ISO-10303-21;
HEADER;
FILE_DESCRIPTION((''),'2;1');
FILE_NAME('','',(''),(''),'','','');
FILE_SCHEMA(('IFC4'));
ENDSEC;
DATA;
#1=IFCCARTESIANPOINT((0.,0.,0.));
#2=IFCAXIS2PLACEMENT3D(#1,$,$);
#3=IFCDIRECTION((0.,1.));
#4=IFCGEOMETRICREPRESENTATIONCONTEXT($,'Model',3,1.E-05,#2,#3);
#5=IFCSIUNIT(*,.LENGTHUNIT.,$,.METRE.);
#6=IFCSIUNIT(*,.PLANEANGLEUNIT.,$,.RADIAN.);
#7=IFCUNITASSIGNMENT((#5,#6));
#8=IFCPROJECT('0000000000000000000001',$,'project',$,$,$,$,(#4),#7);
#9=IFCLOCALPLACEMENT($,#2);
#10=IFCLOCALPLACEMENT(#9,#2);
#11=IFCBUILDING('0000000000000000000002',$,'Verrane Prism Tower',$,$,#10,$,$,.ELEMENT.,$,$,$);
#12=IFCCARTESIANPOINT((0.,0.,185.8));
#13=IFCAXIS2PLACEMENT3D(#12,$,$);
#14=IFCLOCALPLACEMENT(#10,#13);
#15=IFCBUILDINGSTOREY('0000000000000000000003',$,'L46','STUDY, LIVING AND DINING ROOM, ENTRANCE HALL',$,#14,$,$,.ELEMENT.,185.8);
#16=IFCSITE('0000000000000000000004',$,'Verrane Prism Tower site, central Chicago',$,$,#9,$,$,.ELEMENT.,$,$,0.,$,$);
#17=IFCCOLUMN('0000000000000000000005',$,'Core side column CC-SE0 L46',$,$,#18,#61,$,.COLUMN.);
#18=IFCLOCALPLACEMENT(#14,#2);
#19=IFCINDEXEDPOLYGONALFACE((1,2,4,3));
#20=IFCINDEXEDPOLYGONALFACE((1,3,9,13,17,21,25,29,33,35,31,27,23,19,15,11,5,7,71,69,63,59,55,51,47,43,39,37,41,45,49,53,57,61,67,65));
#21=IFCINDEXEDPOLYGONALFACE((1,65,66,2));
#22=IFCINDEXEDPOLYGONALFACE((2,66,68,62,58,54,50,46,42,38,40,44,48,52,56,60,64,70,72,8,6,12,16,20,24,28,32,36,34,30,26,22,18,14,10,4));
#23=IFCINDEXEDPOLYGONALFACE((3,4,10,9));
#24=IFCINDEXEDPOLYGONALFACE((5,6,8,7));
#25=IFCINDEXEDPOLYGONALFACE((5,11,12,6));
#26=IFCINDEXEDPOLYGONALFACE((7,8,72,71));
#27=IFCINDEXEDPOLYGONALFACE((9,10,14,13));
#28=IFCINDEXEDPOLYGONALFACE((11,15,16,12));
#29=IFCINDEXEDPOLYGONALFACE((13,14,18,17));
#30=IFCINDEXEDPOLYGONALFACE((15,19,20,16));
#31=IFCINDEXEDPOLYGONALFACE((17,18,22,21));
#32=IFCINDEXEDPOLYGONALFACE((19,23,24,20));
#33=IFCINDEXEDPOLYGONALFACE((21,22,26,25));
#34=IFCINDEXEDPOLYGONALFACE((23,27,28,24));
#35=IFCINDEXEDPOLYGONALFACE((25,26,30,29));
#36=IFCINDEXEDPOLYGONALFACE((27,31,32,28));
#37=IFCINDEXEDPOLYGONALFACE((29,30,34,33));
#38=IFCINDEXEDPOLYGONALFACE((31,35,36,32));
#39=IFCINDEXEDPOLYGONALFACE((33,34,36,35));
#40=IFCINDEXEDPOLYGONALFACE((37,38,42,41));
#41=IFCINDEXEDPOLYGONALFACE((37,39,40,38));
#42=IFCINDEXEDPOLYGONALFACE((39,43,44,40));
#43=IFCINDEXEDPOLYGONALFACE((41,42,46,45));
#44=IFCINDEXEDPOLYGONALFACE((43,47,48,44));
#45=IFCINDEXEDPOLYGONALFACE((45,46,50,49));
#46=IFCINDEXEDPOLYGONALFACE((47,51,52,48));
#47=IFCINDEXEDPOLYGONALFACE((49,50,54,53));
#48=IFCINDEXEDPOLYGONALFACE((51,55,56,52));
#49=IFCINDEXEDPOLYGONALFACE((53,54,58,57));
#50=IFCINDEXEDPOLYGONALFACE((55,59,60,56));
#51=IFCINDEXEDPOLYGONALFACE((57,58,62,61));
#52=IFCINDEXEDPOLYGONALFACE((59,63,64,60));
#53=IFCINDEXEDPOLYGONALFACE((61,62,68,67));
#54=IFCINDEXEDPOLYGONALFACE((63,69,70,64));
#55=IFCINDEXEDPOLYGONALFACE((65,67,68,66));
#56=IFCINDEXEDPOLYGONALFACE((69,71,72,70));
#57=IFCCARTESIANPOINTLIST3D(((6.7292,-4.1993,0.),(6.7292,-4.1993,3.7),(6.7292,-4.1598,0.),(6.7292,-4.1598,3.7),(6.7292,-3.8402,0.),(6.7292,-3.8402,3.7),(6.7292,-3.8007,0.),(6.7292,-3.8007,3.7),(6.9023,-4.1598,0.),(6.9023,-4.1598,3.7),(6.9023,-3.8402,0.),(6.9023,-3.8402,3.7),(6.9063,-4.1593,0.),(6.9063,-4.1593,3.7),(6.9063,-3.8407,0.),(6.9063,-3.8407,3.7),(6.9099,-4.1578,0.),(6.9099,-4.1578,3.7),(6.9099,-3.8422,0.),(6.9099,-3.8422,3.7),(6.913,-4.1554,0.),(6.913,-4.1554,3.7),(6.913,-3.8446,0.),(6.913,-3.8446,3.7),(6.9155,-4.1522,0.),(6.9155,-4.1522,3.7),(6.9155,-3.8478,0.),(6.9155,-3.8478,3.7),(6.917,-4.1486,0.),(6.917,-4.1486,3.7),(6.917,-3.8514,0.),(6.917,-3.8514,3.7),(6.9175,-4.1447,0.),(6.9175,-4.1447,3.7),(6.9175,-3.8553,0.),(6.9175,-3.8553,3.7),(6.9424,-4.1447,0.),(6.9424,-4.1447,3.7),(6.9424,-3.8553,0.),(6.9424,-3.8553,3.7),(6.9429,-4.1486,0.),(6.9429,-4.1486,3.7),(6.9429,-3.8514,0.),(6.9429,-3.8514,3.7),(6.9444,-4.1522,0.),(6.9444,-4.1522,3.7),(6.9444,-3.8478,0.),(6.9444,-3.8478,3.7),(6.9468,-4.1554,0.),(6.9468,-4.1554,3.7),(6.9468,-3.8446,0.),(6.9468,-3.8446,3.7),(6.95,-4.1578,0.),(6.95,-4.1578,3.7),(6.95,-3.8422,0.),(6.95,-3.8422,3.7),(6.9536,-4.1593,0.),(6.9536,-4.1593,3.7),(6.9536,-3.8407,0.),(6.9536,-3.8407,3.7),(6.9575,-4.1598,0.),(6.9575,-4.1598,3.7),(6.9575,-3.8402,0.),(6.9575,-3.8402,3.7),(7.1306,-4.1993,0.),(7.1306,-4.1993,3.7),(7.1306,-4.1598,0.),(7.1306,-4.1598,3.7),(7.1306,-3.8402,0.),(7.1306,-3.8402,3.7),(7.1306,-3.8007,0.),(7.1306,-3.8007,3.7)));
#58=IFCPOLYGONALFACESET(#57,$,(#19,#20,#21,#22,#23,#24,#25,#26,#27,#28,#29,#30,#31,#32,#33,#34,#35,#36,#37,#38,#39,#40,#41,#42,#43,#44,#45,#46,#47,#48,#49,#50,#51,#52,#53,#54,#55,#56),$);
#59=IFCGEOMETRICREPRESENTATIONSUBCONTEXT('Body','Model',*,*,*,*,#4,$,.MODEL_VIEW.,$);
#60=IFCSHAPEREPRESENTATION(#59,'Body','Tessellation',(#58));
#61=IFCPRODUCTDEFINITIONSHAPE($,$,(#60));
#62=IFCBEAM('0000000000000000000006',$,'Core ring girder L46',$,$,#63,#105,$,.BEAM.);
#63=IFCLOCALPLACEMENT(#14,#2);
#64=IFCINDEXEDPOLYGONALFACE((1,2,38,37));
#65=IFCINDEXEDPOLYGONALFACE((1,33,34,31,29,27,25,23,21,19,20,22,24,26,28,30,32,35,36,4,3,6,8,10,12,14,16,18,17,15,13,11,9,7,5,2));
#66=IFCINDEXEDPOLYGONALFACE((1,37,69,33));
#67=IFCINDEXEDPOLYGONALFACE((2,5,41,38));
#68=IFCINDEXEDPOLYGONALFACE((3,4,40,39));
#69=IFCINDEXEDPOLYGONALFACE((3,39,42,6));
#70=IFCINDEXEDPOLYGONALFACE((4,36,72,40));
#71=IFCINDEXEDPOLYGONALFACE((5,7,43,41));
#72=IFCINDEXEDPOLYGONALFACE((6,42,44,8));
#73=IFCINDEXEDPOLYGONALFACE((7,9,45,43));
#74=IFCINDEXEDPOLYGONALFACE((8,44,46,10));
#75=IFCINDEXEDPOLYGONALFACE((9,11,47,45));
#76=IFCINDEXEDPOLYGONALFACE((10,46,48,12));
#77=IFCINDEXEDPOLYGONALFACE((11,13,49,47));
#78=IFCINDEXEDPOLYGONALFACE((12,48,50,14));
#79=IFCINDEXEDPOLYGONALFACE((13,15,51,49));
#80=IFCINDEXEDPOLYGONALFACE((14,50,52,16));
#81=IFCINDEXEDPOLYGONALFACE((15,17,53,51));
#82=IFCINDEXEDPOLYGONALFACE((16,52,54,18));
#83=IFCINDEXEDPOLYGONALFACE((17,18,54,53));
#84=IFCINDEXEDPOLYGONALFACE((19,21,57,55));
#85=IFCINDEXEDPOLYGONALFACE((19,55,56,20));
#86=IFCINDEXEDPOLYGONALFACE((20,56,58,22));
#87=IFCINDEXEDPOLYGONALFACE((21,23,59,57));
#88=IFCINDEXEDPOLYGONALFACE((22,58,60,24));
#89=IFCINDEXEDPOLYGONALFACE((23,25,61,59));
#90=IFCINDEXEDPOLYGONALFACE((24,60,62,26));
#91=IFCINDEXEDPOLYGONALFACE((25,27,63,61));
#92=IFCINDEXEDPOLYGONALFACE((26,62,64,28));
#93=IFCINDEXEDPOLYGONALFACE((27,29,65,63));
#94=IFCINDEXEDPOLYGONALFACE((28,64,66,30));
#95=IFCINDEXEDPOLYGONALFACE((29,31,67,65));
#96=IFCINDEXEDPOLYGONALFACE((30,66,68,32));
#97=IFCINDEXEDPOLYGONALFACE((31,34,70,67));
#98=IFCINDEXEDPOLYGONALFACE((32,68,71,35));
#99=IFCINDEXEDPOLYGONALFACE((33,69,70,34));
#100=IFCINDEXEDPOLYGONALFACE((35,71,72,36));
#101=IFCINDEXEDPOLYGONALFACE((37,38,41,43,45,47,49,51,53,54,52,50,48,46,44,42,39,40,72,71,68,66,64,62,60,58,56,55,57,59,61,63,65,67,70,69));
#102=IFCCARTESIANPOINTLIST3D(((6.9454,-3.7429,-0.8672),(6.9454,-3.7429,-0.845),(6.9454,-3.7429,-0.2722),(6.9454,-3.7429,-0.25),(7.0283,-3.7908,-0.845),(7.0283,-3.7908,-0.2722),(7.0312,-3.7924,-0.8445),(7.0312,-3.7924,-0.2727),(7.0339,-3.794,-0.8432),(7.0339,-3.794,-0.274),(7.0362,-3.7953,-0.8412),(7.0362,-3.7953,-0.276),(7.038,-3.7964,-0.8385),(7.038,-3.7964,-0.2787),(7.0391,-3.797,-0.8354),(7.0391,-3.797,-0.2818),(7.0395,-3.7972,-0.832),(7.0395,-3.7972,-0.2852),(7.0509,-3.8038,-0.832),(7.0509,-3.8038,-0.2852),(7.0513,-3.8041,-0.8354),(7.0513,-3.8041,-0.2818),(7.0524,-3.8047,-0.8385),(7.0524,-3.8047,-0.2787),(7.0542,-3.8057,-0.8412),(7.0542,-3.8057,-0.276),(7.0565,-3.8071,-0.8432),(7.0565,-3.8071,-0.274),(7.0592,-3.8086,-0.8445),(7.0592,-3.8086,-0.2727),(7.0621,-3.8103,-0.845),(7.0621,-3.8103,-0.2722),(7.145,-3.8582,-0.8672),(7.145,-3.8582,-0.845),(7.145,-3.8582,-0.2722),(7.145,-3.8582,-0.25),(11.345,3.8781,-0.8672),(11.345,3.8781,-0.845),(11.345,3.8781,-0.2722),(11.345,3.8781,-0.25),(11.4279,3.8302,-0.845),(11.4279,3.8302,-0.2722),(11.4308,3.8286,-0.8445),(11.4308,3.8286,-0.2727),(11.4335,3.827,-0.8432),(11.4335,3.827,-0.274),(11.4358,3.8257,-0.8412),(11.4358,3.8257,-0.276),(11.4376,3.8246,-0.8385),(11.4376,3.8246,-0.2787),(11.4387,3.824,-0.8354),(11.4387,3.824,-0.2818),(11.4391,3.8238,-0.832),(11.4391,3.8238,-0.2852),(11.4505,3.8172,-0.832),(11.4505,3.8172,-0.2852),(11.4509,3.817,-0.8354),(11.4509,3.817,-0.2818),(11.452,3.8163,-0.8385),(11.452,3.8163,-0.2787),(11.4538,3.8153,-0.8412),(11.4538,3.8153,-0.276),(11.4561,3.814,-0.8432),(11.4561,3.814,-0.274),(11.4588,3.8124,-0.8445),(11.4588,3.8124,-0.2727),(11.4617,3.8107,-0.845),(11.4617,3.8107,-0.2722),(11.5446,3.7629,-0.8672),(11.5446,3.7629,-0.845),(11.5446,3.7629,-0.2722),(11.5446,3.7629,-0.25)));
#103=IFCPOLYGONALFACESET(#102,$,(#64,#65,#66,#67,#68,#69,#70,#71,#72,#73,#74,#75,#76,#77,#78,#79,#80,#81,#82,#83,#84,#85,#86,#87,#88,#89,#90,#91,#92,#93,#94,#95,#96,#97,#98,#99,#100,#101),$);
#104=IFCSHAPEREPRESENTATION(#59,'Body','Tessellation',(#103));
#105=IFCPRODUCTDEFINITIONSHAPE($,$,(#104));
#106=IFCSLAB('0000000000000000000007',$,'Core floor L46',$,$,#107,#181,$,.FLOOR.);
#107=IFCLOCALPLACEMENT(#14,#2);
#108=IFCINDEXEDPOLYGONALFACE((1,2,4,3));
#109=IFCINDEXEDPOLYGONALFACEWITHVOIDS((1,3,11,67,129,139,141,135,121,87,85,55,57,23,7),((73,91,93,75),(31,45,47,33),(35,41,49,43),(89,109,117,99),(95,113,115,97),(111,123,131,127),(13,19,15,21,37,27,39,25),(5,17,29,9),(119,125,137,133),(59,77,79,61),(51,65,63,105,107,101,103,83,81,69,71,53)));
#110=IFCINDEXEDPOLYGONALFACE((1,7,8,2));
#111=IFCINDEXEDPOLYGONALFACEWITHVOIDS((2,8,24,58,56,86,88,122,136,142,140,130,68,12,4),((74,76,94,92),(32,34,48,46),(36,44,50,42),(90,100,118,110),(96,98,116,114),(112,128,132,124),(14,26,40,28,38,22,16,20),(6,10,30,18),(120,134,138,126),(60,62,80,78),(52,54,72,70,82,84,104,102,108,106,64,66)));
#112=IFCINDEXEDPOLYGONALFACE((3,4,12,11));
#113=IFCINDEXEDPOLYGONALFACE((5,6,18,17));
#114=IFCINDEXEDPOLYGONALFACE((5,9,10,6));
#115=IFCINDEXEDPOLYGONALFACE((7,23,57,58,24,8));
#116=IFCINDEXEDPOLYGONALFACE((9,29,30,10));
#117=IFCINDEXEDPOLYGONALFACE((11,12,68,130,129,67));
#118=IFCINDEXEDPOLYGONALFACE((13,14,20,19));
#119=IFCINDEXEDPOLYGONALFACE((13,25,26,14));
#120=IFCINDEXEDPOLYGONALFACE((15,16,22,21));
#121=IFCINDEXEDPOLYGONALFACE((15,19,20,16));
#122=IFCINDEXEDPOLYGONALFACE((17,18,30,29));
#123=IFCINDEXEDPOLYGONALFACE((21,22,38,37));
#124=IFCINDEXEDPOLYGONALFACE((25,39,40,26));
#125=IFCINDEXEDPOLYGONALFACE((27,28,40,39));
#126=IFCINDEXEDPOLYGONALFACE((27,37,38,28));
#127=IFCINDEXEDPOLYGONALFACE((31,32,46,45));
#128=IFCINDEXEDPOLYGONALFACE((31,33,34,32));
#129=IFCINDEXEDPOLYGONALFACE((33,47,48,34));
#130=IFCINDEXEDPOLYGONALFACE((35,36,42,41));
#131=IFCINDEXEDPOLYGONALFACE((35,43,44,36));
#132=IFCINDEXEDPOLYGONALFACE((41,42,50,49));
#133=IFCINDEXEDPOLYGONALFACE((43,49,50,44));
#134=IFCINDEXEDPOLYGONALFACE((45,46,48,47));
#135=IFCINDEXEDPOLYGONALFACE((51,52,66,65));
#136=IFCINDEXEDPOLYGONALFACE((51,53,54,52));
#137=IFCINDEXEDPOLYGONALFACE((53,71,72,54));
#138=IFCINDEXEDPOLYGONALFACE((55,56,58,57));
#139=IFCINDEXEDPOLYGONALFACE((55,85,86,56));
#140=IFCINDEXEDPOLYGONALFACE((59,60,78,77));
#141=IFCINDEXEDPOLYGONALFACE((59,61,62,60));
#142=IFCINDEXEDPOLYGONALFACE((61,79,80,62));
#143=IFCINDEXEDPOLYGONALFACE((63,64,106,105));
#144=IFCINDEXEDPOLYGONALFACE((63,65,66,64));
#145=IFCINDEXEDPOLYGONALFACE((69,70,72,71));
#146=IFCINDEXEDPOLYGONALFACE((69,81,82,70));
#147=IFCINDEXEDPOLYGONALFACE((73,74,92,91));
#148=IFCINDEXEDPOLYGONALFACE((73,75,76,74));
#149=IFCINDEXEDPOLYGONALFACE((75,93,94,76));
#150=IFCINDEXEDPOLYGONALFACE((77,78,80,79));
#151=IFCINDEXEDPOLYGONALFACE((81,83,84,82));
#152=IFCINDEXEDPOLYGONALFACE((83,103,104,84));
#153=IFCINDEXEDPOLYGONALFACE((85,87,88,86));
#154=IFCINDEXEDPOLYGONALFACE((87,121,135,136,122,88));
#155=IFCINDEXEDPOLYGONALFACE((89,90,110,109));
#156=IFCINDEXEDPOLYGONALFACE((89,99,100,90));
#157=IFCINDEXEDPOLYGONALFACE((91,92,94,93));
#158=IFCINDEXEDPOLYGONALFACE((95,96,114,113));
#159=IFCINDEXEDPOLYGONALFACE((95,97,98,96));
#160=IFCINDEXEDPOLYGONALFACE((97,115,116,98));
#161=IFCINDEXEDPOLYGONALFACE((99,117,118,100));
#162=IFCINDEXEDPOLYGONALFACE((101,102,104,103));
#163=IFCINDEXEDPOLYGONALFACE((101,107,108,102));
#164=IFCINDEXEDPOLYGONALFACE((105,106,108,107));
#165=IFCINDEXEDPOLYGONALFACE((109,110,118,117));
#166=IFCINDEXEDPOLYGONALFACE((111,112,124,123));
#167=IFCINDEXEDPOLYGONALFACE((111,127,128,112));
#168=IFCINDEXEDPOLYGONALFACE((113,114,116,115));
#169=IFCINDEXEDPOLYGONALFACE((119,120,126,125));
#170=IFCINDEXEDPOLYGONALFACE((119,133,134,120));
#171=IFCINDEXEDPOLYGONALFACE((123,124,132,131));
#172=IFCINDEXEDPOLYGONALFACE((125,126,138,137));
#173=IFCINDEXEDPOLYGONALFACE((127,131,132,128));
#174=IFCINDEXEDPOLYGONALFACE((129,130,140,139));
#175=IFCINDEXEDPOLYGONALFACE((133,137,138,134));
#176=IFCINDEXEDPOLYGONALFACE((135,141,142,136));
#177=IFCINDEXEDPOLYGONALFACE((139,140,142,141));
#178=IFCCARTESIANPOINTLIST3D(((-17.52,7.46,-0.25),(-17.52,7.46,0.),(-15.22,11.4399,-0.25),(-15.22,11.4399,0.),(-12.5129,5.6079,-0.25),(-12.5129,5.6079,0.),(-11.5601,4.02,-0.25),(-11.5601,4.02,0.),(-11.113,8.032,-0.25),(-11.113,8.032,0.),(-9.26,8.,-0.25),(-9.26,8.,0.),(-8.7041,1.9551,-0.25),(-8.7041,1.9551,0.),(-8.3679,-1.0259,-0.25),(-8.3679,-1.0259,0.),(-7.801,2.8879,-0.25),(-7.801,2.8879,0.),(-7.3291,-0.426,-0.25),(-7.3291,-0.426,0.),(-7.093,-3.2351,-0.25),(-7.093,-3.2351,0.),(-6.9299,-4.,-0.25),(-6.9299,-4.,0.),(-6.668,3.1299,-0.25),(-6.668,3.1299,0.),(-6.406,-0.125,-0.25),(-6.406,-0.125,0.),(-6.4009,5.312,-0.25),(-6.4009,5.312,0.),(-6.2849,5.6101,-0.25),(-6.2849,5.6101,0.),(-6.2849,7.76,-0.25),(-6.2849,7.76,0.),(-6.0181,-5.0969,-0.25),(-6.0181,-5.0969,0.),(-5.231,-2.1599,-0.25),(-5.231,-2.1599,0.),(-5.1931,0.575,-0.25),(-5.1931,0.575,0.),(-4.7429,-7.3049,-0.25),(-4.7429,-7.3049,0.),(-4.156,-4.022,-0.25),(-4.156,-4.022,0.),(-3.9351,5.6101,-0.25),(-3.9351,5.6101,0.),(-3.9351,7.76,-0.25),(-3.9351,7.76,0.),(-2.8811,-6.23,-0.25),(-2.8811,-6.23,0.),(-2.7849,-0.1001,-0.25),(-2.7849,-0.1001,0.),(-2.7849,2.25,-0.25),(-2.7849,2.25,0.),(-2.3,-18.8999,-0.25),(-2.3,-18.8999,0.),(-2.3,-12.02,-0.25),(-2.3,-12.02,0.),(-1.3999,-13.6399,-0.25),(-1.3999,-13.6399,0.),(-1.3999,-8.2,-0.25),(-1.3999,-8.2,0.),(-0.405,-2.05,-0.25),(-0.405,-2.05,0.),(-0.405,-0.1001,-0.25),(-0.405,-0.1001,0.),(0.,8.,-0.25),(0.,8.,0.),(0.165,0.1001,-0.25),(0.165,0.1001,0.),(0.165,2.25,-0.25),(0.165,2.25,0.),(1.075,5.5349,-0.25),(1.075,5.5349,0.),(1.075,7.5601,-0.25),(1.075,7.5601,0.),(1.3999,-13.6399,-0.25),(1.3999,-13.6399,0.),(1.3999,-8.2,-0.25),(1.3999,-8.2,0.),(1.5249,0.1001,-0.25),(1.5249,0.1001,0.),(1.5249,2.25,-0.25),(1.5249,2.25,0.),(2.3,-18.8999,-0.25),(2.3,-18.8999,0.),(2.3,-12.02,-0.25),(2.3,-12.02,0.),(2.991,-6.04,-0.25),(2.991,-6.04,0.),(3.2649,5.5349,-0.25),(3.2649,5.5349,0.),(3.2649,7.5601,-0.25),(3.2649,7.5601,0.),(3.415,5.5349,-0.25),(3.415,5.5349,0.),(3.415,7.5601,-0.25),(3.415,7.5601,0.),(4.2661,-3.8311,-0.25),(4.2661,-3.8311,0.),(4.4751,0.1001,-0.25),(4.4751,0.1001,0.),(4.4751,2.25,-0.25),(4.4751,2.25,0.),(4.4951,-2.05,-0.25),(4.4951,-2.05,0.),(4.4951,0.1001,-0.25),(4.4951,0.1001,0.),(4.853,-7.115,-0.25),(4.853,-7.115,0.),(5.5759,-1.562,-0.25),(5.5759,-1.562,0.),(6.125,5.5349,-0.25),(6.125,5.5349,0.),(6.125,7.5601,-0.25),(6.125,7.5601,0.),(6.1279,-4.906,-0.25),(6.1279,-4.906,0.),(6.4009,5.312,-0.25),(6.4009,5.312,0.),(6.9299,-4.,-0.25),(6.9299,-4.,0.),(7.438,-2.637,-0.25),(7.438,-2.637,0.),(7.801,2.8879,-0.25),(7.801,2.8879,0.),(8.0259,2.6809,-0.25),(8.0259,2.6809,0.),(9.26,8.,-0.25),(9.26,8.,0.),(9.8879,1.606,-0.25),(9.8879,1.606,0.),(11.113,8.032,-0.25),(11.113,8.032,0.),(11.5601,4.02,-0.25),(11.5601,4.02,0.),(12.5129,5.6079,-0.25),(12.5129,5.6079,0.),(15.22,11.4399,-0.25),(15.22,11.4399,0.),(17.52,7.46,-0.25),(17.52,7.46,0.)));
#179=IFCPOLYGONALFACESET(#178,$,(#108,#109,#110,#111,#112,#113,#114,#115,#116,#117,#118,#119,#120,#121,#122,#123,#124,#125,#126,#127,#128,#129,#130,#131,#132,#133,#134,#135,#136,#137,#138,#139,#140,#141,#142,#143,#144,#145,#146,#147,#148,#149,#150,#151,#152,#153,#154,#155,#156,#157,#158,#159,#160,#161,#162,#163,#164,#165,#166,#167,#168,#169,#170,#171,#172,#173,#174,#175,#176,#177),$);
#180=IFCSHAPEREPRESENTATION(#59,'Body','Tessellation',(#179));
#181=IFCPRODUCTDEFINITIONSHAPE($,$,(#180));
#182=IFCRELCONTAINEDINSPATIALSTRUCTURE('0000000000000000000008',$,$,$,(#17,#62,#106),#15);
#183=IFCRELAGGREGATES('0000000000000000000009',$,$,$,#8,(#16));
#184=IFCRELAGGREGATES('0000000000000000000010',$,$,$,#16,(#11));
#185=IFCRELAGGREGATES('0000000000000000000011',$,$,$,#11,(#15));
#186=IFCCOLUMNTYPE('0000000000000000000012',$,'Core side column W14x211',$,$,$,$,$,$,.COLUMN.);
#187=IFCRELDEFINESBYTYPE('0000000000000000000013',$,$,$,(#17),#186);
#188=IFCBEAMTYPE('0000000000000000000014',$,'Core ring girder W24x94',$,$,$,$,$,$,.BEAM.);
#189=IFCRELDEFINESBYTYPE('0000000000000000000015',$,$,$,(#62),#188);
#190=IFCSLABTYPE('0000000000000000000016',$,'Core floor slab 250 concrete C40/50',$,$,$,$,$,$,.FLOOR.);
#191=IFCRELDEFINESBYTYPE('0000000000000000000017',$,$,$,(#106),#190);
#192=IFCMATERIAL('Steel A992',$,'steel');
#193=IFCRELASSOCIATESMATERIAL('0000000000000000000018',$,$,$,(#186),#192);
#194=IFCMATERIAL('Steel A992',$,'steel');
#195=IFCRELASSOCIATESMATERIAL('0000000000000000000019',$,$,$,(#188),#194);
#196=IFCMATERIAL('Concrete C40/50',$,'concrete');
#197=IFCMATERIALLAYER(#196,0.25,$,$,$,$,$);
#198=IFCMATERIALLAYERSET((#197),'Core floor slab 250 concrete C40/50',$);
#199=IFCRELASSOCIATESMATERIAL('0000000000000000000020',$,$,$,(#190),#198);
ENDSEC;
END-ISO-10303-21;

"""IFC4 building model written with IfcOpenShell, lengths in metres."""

from ifc_helpers import new_model, si_unit, direction, frame, origin, origin_2d, place, context, subcontext, project, spatial, polyline, i_section, outline, extrude, material, layer, layer_set, material_profile, profile_set, type_object, element, save


model = new_model("IFC4")

# Units and contexts
model_context = context("Model", 3, precision=1e-05, world=origin(), true_north=direction((0.0, 1.0)))
body_context = subcontext(model_context, "Body", "Model", "MODEL_VIEW")
ifc_project = project(units=[si_unit("LENGTHUNIT", "METRE"), si_unit("PLANEANGLEUNIT", "RADIAN")], contexts=[model_context])

# Site, building, storey
site_placement = place(None, origin())
site = spatial("IfcSite", under=ifc_project, at=site_placement, Name="Verrane Prism Tower site, central Chicago", CompositionType="ELEMENT", RefElevation=0.0)
building_placement = place(site_placement, origin())
building = spatial("IfcBuilding", under=site, at=building_placement, Name="Verrane Prism Tower", CompositionType="ELEMENT")
storey_placement = place(building_placement, frame((0.0, 0.0, 185.8)))
storey = spatial("IfcBuildingStorey", under=building, at=storey_placement, Name="L46", Description="STUDY, LIVING AND DINING ROOM, ENTRANCE HALL", CompositionType="ELEMENT", Elevation=185.8)

# Column
ifc_material_1 = material(Name="Steel A992", Category="steel")
ifc_material_profile_1 = material_profile(ifc_material_1, i_section(OverallWidth=0.4014, OverallDepth=0.3987, WebThickness=0.0249, FlangeThickness=0.0396, FilletRadius=0.0151, at=origin_2d()), Name="W14x211")
ifc_profile_set_1 = profile_set([ifc_material_profile_1], Name="Steel A992")
column_type = type_object("IfcColumnType", Name="Core side column W14x211", PredefinedType="COLUMN", material=ifc_profile_set_1)
column_placement = place(storey_placement, frame((6.9299, -4.0, 0.0), z_axis=(0.0, 0.0, 1.0), x_axis=(1.0, 0.0, 0.0)))
element("IfcColumn", 1, at=column_placement, inside=storey, type_object=column_type, Name="Core side column CC-SE0 L46", PredefinedType="COLUMN", context=body_context, shape_type="SweptSolid", body=[
    extrude(i_section(OverallWidth=0.4014, OverallDepth=0.3987, WebThickness=0.0249, FlangeThickness=0.0396, FilletRadius=0.0151, at=origin_2d()), origin(), (0.0, 0.0, 1.0), 3.7),
])

# Beam
ifc_material_2 = material(Name="Steel A992", Category="steel")
ifc_material_profile_2 = material_profile(ifc_material_2, i_section(OverallWidth=0.2305, OverallDepth=0.6172, WebThickness=0.0132, FlangeThickness=0.0222, FilletRadius=0.0129, at=origin_2d()), Name="W24x94")
ifc_profile_set_2 = profile_set([ifc_material_profile_2], Name="Steel A992")
beam_type = type_object("IfcBeamType", Name="Core ring girder W24x94", PredefinedType="BEAM", material=ifc_profile_set_2)
beam_placement = place(storey_placement, frame((7.0452, -3.8005, -0.5586), z_axis=(0.499967, 0.866044, 0.0), x_axis=(-0.866044, 0.499967, 0.0)))
element("IfcBeam", 2, at=beam_placement, inside=storey, type_object=beam_type, Name="Core ring girder L46", PredefinedType="BEAM", context=body_context, shape_type="SweptSolid", body=[
    extrude(i_section(OverallWidth=0.2305, OverallDepth=0.6172, WebThickness=0.0132, FlangeThickness=0.0222, FilletRadius=0.0129, at=origin_2d()), origin(), (0.0, 0.0, 1.0), 8.7998),
])

# Slab
ifc_material_3 = material(Name="Concrete C40/50", Category="concrete")
ifc_layer_1 = layer(ifc_material_3, 0.25)
ifc_layer_set_1 = layer_set([ifc_layer_1], Name="Core floor slab 250 concrete C40/50")
slab_type_1 = type_object("IfcSlabType", Name="Core floor slab 250 concrete C40/50", PredefinedType="FLOOR", material=ifc_layer_set_1)
slab_1_placement = place(storey_placement, frame((0.0, 0.0, -0.25)))
element("IfcSlab", 3, at=slab_1_placement, inside=storey, type_object=slab_type_1, Name="Core floor L46", PredefinedType="FLOOR", context=body_context, shape_type="SweptSolid", body=[
    extrude(outline(polyline([(11.5601, 4.02), (17.52, 7.46), (15.22, 11.4399), (9.26, 8.0), (0.0, 8.0), (-9.26, 8.0), (-15.22, 11.4399), (-17.52, 7.46), (-11.5601, 4.02), (-6.9299, -4.0), (-2.3, -12.02), (-2.3, -18.8999), (2.3, -18.8999), (2.3, -12.02), (6.9299, -4.0), (11.5601, 4.02)]), holes=[polyline([(1.3999, -8.2), (1.3999, -13.6399), (-1.3999, -13.6399), (-1.3999, -8.2), (1.3999, -8.2)]), polyline([(-2.8811, -6.23), (-4.7429, -7.3049), (-6.0181, -5.0969), (-4.156, -4.022), (-2.8811, -6.23)]), polyline([(-7.801, 2.8879), (-12.5129, 5.6079), (-11.113, 8.032), (-6.4009, 5.312), (-7.801, 2.8879)]), polyline([(-6.2849, 5.6101), (-6.2849, 7.76), (-3.9351, 7.76), (-3.9351, 5.6101), (-6.2849, 5.6101)]), polyline([(4.2661, -3.8311), (6.1279, -4.906), (4.853, -7.115), (2.991, -6.04), (4.2661, -3.8311)]), polyline([(7.438, -2.637), (5.5759, -1.562), (8.0259, 2.6809), (9.8879, 1.606), (7.438, -2.637)]), polyline([(0.165, 0.1001), (1.5249, 0.1001), (1.5249, 2.25), (4.4751, 2.25), (4.4751, 0.1001), (4.4951, 0.1001), (4.4951, -2.05), (-0.405, -2.05), (-0.405, -0.1001), (-2.7849, -0.1001), (-2.7849, 2.25), (0.165, 2.25), (0.165, 0.1001)]), polyline([(6.4009, 5.312), (11.113, 8.032), (12.5129, 5.6079), (7.801, 2.8879), (6.4009, 5.312)]), polyline([(1.075, 5.5349), (1.075, 7.5601), (3.2649, 7.5601), (3.2649, 5.5349), (1.075, 5.5349)]), polyline([(3.415, 7.5601), (6.125, 7.5601), (6.125, 5.5349), (3.415, 5.5349), (3.415, 7.5601)]), polyline([(-5.231, -2.1599), (-7.093, -3.2351), (-8.3679, -1.0259), (-7.3291, -0.426), (-8.7041, 1.9551), (-6.668, 3.1299), (-5.1931, 0.575), (-6.406, -0.125), (-5.231, -2.1599)])]), origin(), (0.0, 0.0, 1.0), 0.25),
])

save(model, "model.ifc")
